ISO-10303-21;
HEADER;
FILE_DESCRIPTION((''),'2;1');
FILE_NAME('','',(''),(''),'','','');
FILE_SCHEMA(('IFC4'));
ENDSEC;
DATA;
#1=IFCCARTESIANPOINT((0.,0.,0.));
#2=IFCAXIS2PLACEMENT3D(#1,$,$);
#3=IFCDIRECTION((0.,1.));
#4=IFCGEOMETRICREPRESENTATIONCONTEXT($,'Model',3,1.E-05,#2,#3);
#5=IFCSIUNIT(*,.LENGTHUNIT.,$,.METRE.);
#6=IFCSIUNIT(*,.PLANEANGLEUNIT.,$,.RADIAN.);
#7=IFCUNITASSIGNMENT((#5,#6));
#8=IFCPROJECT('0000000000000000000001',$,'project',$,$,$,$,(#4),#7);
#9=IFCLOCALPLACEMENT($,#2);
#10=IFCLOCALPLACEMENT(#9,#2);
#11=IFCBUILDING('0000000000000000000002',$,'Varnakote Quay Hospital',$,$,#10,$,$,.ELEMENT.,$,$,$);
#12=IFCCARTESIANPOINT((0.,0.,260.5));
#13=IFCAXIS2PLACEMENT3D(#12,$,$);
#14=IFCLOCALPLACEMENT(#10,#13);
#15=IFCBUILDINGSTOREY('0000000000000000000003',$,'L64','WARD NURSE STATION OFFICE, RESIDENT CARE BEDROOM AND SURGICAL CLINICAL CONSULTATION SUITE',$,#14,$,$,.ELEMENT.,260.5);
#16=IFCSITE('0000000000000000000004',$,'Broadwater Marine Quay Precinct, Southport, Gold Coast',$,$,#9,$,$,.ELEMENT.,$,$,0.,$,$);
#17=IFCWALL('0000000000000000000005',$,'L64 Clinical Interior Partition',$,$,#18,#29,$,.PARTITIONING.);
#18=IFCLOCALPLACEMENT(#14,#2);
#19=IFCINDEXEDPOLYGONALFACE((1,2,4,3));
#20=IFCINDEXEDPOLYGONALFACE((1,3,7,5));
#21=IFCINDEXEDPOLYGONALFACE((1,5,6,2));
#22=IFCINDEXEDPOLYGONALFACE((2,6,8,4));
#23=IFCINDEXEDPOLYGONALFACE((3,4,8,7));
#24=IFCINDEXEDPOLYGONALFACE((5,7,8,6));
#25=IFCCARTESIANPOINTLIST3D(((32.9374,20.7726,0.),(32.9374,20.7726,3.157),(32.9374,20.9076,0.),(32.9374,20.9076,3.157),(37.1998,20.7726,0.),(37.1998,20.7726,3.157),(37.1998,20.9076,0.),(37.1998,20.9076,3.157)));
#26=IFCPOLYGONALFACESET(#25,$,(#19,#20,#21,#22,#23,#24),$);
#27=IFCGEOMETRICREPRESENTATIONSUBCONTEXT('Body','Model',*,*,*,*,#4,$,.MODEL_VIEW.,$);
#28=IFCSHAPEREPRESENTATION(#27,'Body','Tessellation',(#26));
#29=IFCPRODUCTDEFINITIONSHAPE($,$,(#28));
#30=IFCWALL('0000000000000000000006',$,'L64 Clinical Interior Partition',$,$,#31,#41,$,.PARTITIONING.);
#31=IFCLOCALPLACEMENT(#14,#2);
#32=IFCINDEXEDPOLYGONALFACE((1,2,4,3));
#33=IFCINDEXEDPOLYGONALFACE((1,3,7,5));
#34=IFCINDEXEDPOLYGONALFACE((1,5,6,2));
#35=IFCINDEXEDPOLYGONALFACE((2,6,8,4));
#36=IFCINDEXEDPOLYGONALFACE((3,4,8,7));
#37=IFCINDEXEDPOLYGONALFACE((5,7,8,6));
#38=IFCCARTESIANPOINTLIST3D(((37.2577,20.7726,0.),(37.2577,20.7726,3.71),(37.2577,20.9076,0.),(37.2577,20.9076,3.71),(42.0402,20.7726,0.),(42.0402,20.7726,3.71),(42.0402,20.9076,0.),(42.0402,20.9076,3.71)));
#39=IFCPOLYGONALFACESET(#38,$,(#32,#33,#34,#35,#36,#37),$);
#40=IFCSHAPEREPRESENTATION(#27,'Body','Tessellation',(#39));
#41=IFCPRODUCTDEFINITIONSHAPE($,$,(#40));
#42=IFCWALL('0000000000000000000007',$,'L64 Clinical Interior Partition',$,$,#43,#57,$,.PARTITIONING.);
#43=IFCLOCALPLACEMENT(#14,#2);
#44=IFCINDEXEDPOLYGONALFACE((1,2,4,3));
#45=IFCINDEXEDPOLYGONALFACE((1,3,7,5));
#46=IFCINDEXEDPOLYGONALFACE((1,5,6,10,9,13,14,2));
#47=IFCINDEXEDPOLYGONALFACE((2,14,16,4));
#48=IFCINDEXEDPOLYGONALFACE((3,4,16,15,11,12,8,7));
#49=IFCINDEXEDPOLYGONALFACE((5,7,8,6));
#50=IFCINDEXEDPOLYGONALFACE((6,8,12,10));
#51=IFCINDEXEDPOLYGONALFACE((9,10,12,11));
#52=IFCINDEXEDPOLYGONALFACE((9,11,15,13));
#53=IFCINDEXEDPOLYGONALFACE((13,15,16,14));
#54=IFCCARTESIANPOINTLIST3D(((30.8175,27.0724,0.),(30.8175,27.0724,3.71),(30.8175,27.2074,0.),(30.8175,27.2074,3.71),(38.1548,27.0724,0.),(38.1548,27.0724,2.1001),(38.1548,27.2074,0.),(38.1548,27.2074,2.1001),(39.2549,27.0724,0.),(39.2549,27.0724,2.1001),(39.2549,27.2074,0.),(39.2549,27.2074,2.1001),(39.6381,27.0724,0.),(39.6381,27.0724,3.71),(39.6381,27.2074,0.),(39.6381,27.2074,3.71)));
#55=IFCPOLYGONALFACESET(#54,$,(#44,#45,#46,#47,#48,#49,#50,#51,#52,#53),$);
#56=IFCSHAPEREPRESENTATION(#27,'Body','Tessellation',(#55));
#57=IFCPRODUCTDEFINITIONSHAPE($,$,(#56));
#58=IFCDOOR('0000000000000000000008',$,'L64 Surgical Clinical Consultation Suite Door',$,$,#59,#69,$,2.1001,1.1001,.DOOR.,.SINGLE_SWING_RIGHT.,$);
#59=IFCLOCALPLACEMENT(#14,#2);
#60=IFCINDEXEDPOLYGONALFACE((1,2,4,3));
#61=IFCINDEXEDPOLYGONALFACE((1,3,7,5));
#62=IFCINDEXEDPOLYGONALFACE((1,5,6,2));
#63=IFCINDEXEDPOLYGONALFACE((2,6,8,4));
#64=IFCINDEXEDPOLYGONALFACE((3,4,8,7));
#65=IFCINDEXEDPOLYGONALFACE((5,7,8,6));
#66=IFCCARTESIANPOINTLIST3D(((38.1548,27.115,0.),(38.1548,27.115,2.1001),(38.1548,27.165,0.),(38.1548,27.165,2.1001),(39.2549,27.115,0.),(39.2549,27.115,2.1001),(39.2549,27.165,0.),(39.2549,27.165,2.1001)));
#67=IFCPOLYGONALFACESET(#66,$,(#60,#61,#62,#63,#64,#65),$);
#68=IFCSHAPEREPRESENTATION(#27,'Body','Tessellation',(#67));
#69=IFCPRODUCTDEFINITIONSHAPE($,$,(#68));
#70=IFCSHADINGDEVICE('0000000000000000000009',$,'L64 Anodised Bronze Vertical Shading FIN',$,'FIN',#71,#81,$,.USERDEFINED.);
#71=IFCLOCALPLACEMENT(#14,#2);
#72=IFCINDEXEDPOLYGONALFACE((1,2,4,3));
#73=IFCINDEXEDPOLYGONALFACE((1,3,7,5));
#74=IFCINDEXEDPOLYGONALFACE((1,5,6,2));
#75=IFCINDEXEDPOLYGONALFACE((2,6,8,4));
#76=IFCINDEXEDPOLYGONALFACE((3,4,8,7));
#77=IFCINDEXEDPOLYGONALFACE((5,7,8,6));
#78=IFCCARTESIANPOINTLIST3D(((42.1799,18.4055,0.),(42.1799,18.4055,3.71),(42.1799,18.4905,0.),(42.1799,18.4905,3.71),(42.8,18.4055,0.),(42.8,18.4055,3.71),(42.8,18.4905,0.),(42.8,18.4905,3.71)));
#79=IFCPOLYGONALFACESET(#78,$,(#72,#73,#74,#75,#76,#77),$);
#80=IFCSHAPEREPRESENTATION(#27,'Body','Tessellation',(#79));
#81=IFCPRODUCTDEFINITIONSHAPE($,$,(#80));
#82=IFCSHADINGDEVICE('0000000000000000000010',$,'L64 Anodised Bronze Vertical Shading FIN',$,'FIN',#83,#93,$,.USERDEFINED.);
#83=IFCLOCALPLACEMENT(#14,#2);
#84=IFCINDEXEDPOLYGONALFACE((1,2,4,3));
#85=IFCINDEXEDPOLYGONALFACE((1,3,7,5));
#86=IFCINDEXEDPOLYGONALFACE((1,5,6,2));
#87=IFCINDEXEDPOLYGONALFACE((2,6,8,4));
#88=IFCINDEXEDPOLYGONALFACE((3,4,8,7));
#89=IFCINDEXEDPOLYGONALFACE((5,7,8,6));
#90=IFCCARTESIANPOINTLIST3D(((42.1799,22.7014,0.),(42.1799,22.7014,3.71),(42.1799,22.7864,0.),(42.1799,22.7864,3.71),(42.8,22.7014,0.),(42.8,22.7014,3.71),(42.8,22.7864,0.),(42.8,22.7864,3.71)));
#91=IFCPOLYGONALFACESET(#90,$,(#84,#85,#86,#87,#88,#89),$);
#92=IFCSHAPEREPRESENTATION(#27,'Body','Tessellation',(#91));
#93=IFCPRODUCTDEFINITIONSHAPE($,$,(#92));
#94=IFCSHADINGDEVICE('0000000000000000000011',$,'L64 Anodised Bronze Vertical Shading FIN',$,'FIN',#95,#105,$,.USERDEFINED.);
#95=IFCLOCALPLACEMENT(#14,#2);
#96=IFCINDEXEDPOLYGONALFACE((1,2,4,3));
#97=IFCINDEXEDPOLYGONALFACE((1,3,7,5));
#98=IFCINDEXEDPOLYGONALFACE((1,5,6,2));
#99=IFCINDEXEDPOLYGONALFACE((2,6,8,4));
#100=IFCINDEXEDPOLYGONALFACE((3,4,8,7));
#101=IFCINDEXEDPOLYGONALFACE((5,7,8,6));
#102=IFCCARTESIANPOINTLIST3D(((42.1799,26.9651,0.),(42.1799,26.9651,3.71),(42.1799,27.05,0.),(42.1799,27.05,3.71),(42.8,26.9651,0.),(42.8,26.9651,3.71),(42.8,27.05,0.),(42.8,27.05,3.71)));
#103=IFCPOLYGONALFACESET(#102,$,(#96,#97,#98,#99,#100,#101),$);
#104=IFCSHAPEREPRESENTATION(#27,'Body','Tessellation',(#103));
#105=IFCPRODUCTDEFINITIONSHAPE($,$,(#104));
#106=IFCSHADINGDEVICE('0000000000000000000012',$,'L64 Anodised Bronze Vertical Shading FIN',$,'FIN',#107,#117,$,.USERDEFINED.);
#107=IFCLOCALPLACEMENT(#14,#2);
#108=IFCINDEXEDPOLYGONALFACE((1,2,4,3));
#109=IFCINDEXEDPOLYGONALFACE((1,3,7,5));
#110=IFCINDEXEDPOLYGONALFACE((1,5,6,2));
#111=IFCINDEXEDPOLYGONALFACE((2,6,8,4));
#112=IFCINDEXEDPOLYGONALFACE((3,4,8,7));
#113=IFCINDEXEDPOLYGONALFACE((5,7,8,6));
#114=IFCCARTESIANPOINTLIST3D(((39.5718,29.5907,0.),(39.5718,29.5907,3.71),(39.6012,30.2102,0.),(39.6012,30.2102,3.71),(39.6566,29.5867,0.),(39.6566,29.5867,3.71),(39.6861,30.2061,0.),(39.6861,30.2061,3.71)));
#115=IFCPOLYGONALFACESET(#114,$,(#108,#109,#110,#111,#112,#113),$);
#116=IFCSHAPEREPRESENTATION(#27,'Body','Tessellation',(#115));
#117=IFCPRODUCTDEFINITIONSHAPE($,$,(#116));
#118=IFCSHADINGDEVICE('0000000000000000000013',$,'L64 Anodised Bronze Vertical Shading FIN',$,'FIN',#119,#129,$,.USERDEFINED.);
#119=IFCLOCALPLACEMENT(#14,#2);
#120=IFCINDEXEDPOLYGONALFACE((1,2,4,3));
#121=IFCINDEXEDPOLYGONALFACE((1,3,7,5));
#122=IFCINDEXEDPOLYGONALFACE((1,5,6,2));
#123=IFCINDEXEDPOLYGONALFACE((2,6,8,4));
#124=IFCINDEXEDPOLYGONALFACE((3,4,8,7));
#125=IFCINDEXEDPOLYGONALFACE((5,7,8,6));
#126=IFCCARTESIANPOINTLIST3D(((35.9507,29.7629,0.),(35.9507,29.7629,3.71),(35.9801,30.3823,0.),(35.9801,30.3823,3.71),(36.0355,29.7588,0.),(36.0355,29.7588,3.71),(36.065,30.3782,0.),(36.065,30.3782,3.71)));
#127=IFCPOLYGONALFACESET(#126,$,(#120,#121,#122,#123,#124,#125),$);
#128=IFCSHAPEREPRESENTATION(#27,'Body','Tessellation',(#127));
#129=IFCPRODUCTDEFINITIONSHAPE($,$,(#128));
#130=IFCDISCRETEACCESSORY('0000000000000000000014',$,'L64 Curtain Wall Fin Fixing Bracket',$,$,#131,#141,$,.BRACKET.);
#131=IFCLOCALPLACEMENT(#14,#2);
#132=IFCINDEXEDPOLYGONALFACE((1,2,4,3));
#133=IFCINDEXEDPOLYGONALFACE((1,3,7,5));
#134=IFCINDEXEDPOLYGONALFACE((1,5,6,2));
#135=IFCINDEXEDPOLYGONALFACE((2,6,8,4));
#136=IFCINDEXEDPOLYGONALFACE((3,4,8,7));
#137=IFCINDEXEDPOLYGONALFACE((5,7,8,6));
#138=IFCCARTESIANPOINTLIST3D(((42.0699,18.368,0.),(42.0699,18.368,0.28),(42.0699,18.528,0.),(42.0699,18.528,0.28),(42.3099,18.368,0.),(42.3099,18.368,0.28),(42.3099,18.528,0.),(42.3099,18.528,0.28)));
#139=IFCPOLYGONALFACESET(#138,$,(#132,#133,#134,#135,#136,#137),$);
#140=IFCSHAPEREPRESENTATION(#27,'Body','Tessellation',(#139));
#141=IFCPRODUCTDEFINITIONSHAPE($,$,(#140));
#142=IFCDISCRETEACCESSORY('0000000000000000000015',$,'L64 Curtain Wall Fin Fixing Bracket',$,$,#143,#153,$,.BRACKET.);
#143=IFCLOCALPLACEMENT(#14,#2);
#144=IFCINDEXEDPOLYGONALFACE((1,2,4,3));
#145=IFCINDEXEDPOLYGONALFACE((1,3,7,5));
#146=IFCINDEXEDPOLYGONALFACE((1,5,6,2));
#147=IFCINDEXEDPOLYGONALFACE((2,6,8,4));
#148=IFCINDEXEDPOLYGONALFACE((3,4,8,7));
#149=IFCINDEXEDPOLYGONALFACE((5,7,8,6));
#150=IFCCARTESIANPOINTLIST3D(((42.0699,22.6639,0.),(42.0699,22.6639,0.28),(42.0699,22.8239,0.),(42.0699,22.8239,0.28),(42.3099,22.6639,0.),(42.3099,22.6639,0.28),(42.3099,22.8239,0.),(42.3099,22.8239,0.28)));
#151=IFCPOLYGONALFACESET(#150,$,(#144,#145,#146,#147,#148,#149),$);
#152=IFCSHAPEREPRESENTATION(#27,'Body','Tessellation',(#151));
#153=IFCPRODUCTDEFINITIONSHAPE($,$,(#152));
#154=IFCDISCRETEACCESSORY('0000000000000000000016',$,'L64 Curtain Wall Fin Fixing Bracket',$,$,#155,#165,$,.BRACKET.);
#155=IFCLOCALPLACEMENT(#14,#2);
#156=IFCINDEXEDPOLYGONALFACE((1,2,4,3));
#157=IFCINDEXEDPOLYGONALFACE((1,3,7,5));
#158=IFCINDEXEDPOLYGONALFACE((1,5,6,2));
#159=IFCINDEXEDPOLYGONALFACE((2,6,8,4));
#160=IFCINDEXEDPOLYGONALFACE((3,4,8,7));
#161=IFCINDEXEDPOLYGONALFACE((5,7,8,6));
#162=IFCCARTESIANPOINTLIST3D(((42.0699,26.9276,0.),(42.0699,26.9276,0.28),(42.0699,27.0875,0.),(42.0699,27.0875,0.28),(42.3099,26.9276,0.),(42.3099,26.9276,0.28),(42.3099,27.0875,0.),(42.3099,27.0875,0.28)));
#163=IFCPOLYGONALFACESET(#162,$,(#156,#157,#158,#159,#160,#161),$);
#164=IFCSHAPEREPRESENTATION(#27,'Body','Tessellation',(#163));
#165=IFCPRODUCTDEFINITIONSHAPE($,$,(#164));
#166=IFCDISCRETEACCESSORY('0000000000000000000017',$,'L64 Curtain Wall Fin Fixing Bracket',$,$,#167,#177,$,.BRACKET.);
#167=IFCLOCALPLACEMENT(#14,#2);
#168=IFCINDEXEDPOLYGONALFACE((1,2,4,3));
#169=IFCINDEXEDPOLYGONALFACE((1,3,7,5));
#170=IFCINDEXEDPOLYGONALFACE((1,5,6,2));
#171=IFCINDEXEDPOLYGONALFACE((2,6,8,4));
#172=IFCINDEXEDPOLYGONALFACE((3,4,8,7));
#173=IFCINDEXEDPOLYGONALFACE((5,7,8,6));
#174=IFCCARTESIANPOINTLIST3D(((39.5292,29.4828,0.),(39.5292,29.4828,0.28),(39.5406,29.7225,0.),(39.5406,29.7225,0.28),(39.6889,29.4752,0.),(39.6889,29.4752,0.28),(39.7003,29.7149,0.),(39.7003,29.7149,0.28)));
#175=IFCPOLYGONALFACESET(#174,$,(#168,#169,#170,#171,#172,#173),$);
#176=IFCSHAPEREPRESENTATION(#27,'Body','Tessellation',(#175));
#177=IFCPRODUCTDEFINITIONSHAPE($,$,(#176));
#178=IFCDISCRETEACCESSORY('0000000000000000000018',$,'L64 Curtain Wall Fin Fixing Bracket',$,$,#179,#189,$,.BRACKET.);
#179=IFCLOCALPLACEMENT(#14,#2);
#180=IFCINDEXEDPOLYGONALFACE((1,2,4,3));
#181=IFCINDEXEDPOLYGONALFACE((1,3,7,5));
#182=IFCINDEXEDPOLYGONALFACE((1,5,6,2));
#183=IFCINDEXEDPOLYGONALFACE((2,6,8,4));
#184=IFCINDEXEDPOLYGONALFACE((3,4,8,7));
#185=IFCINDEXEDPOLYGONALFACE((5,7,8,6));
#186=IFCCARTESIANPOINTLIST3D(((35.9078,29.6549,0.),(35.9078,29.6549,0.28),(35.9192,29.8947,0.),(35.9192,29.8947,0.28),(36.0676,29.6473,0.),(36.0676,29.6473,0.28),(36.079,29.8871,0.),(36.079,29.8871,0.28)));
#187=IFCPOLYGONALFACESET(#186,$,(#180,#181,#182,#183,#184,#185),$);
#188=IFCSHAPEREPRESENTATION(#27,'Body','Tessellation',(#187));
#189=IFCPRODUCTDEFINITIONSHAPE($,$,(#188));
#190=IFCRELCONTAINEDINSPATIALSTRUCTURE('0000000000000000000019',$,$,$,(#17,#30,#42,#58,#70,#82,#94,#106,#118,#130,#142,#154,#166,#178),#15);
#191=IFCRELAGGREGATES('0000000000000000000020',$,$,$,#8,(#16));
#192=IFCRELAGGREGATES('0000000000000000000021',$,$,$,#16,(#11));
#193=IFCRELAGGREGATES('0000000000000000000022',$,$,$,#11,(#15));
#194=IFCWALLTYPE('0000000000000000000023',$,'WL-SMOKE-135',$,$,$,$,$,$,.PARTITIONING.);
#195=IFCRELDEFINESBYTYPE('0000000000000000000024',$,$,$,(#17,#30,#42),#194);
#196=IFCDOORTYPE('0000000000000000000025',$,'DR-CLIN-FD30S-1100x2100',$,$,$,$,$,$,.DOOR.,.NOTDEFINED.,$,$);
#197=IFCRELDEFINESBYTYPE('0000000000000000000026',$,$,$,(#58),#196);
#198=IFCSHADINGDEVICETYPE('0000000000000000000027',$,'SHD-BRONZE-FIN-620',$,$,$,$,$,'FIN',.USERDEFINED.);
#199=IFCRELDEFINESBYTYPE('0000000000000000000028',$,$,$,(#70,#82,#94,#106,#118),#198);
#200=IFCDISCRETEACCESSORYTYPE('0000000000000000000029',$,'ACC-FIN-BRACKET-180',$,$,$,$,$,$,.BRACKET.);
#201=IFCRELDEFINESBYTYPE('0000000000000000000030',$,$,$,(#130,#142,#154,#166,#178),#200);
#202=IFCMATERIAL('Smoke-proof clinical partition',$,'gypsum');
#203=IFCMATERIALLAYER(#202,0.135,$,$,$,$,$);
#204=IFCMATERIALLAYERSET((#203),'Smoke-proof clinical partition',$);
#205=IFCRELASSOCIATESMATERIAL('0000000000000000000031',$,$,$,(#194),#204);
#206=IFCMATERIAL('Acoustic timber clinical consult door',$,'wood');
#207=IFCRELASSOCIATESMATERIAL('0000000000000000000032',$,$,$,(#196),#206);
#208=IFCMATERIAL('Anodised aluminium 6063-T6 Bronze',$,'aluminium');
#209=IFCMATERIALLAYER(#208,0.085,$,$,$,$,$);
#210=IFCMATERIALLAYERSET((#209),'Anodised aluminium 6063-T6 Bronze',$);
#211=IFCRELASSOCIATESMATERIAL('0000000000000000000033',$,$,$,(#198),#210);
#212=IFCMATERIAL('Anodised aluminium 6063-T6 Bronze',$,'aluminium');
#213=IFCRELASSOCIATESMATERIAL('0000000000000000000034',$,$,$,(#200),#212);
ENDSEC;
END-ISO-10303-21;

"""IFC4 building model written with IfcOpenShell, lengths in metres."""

from ifc_helpers import new_model, si_unit, direction, frame, frame_2d, origin, origin_2d, place, context, subcontext, project, spatial, rectangle, extrude, material, layer, layer_set, type_object, element, fill, save


model = new_model("IFC4")

# Units and contexts
model_context = context("Model", 3, precision=1e-05, world=origin(), true_north=direction((0.0, 1.0)))
body_context = subcontext(model_context, "Body", "Model", "MODEL_VIEW")
ifc_project = project(units=[si_unit("LENGTHUNIT", "METRE"), si_unit("PLANEANGLEUNIT", "RADIAN")], contexts=[model_context])

# Site, building, storey
site_placement = place(None, origin())
site = spatial("IfcSite", under=ifc_project, at=site_placement, Name="Broadwater Marine Quay Precinct, Southport, Gold Coast", CompositionType="ELEMENT", RefElevation=0.0)
building_placement = place(site_placement, origin())
building = spatial("IfcBuilding", under=site, at=building_placement, Name="Varnakote Quay Hospital", CompositionType="ELEMENT")
storey_placement = place(building_placement, frame((0.0, 0.0, 260.5)))
storey = spatial("IfcBuildingStorey", under=building, at=storey_placement, Name="L64", Description="WARD NURSE STATION OFFICE, RESIDENT CARE BEDROOM AND SURGICAL CLINICAL CONSULTATION SUITE", CompositionType="ELEMENT", Elevation=260.5)

# Walls
ifc_material_1 = material(Name="Smoke-proof clinical partition", Category="gypsum")
ifc_layer_1 = layer(ifc_material_1, 0.135)
ifc_layer_set_1 = layer_set([ifc_layer_1], Name="Smoke-proof clinical partition")
wall_type_1 = type_object("IfcWallType", Name="WL-SMOKE-135", PredefinedType="PARTITIONING", material=ifc_layer_set_1)
wall_1_placement = place(storey_placement, frame((37.2, 20.8401, 0.0), z_axis=(0.0, 0.0, 1.0), x_axis=(-1.0, 0.0, 0.0)))
element("IfcWall", 1, at=wall_1_placement, inside=storey, type_object=wall_type_1, Name="L64 Clinical Interior Partition", PredefinedType="PARTITIONING", context=body_context, shape_type="SweptSolid", body=[
    extrude(rectangle(XDim=4.2625, YDim=0.135, at=frame_2d((2.1313, 0.0))), origin(), (0.0, 0.0, 1.0), 3.157),
])
wall_2_placement = place(storey_placement, frame((42.04, 20.8401, 0.0), z_axis=(0.0, 0.0, 1.0), x_axis=(-1.0, 0.0, 0.0)))
element("IfcWall", 2, at=wall_2_placement, inside=storey, type_object=wall_type_1, Name="L64 Clinical Interior Partition", PredefinedType="PARTITIONING", context=body_context, shape_type="SweptSolid", body=[
    extrude(rectangle(XDim=4.7825, YDim=0.135, at=frame_2d((2.3911, 0.0))), origin(), (0.0, 0.0, 1.0), 3.71),
])

# Wall, opening, door
wall_3_placement = place(storey_placement, frame((39.6379, 27.1399, 0.0), z_axis=(0.0, 0.0, 1.0), x_axis=(-1.0, 0.0, 0.0)))
wall_3 = element("IfcWall", 3, at=wall_3_placement, inside=storey, type_object=wall_type_1, Name="L64 Clinical Interior Partition", PredefinedType="PARTITIONING", context=body_context, shape_type="SweptSolid", body=[
    extrude(rectangle(XDim=8.8206, YDim=0.135, at=frame_2d((4.4102, 0.0))), origin(), (0.0, 0.0, 1.0), 3.71),
])
opening_placement = place(wall_3_placement, frame((0.3831, 0.0, 0.0)))
opening = element("IfcOpeningElement", 4, at=opening_placement, cuts=wall_3, PredefinedType="OPENING", context=body_context, shape_type="SweptSolid", body=[
    extrude(rectangle(XDim=1.1001, YDim=2.1001, at=frame_2d((0.55, 1.05))), frame((0.0, 0.0774, 0.0), z_axis=(0.0, -1.0, 0.0), x_axis=(1.0, 0.0, 0.0)), (0.0, 0.0, 1.0), 0.155),
])
ifc_material_2 = material(Name="Acoustic timber clinical consult door", Category="wood")
door_type = type_object("IfcDoorType", Name="DR-CLIN-FD30S-1100x2100", OperationType="NOTDEFINED", PredefinedType="DOOR", material=ifc_material_2)
door_placement = place(opening_placement, origin())
door = element("IfcDoor", 5, at=door_placement, inside=storey, type_object=door_type, Name="L64 Surgical Clinical Consultation Suite Door", OperationType="SINGLE_SWING_RIGHT", OverallHeight=2.1001, OverallWidth=1.1001, PredefinedType="DOOR", context=body_context, shape_type="SweptSolid", body=[
    extrude(rectangle(XDim=1.1001, YDim=2.1001, at=frame_2d((0.55, 1.05))), frame((0.0, 0.0249, 0.0), z_axis=(0.0, -1.0, 0.0), x_axis=(1.0, 0.0, 0.0)), (0.0, 0.0, 1.0), 0.05),
])
fill(opening, door)

# Shading devices
ifc_material_3 = material(Name="Anodised aluminium 6063-T6 Bronze", Category="aluminium")
ifc_layer_2 = layer(ifc_material_3, 0.085)
ifc_layer_set_2 = layer_set([ifc_layer_2], Name="Anodised aluminium 6063-T6 Bronze")
shading_device_type = type_object("IfcShadingDeviceType", Name="SHD-BRONZE-FIN-620", ElementType="FIN", PredefinedType="USERDEFINED", material=ifc_layer_set_2)
for number, where, z_axis, x_axis, name in (
    (6, (42.49, 18.448, 0.0), (0.0, 0.0, 1.0), (-1.0, 0.0, 0.0), "L64 Anodised Bronze Vertical Shading FIN"),
    (7, (42.49, 22.7439, 0.0), (0.0, 0.0, 1.0), (-1.0, 0.0, 0.0), "L64 Anodised Bronze Vertical Shading FIN"),
    (8, (42.49, 27.0076, 0.0), (0.0, 0.0, 1.0), (-1.0, 0.0, 0.0), "L64 Anodised Bronze Vertical Shading FIN"),
    (9, (39.6289, 29.8984, 0.0), (0.0, 0.0, 1.0), (-0.047455, -0.998873, 0.0), "L64 Anodised Bronze Vertical Shading FIN"),
    (10, (36.0078, 30.0706, 0.0), (0.0, 0.0, 1.0), (-0.047455, -0.998873, 0.0), "L64 Anodised Bronze Vertical Shading FIN"),
):
    element("IfcShadingDevice", number, at=place(storey_placement, frame(where, z_axis=z_axis, x_axis=x_axis)), inside=storey, type_object=shading_device_type, Name=name, ObjectType="FIN", PredefinedType="USERDEFINED", context=body_context, shape_type="SweptSolid", body=[
        extrude(rectangle(XDim=0.6201, YDim=0.085, at=origin_2d()), origin(), (0.0, 0.0, 1.0), 3.71),
    ])

# Discrete accessories
ifc_material_4 = material(Name="Anodised aluminium 6063-T6 Bronze", Category="aluminium")
discrete_accessory_type = type_object("IfcDiscreteAccessoryType", Name="ACC-FIN-BRACKET-180", PredefinedType="BRACKET", material=ifc_material_4)
for number, where, z_axis, x_axis, name in (
    (11, (42.1899, 18.448, 0.0), (0.0, 0.0, 1.0), (0.0, 1.0, 0.0), "L64 Curtain Wall Fin Fixing Bracket"),
    (12, (42.1899, 22.7439, 0.0), (0.0, 0.0, 1.0), (0.0, 1.0, 0.0), "L64 Curtain Wall Fin Fixing Bracket"),
    (13, (42.1899, 27.0076, 0.0), (0.0, 0.0, 1.0), (0.0, 1.0, 0.0), "L64 Curtain Wall Fin Fixing Bracket"),
    (14, (39.6147, 29.5989, 0.0), (0.0, 0.0, 1.0), (-0.998873, 0.047455, 0.0), "L64 Curtain Wall Fin Fixing Bracket"),
    (15, (35.9934, 29.771, 0.0), (0.0, 0.0, 1.0), (-0.998873, 0.047455, 0.0), "L64 Curtain Wall Fin Fixing Bracket"),
):
    element("IfcDiscreteAccessory", number, at=place(storey_placement, frame(where, z_axis=z_axis, x_axis=x_axis)), inside=storey, type_object=discrete_accessory_type, Name=name, PredefinedType="BRACKET", context=body_context, shape_type="SweptSolid", body=[
        extrude(rectangle(XDim=0.1599, YDim=0.24, at=origin_2d()), origin(), (0.0, 0.0, 1.0), 0.28),
    ])

save(model, "model.ifc")
